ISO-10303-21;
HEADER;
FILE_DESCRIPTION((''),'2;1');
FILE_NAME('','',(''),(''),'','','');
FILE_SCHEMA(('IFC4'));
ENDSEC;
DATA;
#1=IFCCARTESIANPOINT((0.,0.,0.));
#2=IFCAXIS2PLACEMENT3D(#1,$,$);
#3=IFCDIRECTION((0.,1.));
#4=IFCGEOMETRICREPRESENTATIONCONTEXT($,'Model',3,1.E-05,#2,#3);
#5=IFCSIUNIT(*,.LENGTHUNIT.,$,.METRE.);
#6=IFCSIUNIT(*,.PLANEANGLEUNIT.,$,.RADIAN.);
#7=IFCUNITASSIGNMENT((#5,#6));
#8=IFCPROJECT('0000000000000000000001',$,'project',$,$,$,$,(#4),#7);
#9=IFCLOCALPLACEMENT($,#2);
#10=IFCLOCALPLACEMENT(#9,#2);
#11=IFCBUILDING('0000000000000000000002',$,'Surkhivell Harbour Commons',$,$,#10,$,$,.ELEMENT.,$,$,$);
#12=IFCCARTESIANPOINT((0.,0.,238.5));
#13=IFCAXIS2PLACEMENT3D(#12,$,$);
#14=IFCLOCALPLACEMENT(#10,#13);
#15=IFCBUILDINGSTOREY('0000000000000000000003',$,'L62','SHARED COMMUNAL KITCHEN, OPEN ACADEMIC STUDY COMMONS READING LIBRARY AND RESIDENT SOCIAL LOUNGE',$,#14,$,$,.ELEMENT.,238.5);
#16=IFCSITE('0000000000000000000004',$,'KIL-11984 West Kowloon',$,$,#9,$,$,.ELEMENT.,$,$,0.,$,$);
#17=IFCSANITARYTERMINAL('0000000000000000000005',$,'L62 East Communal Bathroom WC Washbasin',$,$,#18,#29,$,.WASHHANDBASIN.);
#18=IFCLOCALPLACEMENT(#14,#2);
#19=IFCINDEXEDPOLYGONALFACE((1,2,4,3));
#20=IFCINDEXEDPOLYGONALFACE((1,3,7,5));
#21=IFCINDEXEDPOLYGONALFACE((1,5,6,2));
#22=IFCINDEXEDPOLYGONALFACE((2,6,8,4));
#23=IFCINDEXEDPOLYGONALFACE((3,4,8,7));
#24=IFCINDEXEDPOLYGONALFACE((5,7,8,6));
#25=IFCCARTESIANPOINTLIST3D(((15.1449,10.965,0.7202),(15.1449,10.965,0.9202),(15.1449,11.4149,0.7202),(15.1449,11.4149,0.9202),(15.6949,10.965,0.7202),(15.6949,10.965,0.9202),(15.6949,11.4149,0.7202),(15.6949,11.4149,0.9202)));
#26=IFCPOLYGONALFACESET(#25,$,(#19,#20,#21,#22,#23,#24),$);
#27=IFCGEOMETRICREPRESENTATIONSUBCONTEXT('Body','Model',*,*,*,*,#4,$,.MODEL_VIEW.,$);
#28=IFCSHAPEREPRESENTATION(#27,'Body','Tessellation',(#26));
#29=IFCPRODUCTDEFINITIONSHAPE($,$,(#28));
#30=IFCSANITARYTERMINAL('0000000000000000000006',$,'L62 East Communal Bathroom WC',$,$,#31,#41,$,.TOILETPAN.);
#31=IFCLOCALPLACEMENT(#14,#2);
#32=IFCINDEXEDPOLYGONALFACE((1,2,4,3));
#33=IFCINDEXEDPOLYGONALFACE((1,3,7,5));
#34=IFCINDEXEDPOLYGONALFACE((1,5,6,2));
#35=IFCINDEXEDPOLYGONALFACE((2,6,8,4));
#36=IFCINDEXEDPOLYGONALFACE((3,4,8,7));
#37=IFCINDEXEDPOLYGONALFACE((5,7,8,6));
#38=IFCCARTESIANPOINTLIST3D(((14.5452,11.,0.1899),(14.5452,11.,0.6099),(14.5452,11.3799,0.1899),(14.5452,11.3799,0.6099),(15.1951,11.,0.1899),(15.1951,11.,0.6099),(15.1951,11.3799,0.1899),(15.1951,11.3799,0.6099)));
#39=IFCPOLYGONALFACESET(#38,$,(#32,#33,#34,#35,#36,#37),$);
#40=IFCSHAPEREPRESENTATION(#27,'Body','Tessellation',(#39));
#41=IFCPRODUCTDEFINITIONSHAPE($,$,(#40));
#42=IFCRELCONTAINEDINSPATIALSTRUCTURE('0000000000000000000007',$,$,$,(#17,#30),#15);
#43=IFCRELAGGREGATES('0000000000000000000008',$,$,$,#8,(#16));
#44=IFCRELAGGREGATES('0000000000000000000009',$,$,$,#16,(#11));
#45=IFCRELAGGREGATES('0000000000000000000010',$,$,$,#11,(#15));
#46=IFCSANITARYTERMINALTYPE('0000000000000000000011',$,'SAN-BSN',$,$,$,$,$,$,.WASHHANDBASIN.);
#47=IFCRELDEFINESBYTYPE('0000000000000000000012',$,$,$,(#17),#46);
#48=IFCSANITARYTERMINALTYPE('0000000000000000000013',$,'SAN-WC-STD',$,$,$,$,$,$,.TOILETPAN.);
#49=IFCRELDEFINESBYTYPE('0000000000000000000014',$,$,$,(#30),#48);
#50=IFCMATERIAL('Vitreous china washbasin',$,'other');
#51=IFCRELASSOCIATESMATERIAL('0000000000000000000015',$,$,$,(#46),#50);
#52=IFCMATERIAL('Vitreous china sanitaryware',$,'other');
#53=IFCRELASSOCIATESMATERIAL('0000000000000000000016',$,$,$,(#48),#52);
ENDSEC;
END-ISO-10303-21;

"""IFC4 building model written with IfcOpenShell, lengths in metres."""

from ifc_helpers import new_model, si_unit, direction, frame, origin, origin_2d, place, context, subcontext, project, spatial, rectangle, extrude, material, type_object, element, save


model = new_model("IFC4")

# Units and contexts
model_context = context("Model", 3, precision=1e-05, world=origin(), true_north=direction((0.0, 1.0)))
body_context = subcontext(model_context, "Body", "Model", "MODEL_VIEW")
ifc_project = project(units=[si_unit("LENGTHUNIT", "METRE"), si_unit("PLANEANGLEUNIT", "RADIAN")], contexts=[model_context])

# Site, building, storey
site_placement = place(None, origin())
site = spatial("IfcSite", under=ifc_project, at=site_placement, Name="KIL-11984 West Kowloon", CompositionType="ELEMENT", RefElevation=0.0)
building_placement = place(site_placement, origin())
building = spatial("IfcBuilding", under=site, at=building_placement, Name="Surkhivell Harbour Commons", CompositionType="ELEMENT")
storey_placement = place(building_placement, frame((0.0, 0.0, 238.5)))
storey = spatial("IfcBuildingStorey", under=building, at=storey_placement, Name="L62", Description="SHARED COMMUNAL KITCHEN, OPEN ACADEMIC STUDY COMMONS READING LIBRARY AND RESIDENT SOCIAL LOUNGE", CompositionType="ELEMENT", Elevation=238.5)

# Sanitary terminals
ifc_material_1 = material(Name="Vitreous china washbasin", Category="other")
sanitary_terminal_type_1 = type_object("IfcSanitaryTerminalType", Name="SAN-BSN", PredefinedType="WASHHANDBASIN", material=ifc_material_1)
sanitary_terminal_1_placement = place(storey_placement, frame((15.4199, 11.1899, 0.7202), z_axis=(0.0, 0.0, 1.0), x_axis=(1.0, 0.0, 0.0)))
element("IfcSanitaryTerminal", 1, at=sanitary_terminal_1_placement, inside=storey, type_object=sanitary_terminal_type_1, Name="L62 East Communal Bathroom WC Washbasin", PredefinedType="WASHHANDBASIN", context=body_context, shape_type="SweptSolid", body=[
    extrude(rectangle(XDim=0.55, YDim=0.45, at=origin_2d()), origin(), (0.0, 0.0, 1.0), 0.2),
])
ifc_material_2 = material(Name="Vitreous china sanitaryware", Category="other")
sanitary_terminal_type_2 = type_object("IfcSanitaryTerminalType", Name="SAN-WC-STD", PredefinedType="TOILETPAN", material=ifc_material_2)
sanitary_terminal_2_placement = place(storey_placement, frame((14.8701, 11.1899, 0.1899), z_axis=(0.0, 0.0, 1.0), x_axis=(1.0, 0.0, 0.0)))
element("IfcSanitaryTerminal", 2, at=sanitary_terminal_2_placement, inside=storey, type_object=sanitary_terminal_type_2, Name="L62 East Communal Bathroom WC", PredefinedType="TOILETPAN", context=body_context, shape_type="SweptSolid", body=[
    extrude(rectangle(XDim=0.6499, YDim=0.3799, at=origin_2d()), origin(), (0.0, 0.0, 1.0), 0.4199),
])

save(model, "model.ifc")
